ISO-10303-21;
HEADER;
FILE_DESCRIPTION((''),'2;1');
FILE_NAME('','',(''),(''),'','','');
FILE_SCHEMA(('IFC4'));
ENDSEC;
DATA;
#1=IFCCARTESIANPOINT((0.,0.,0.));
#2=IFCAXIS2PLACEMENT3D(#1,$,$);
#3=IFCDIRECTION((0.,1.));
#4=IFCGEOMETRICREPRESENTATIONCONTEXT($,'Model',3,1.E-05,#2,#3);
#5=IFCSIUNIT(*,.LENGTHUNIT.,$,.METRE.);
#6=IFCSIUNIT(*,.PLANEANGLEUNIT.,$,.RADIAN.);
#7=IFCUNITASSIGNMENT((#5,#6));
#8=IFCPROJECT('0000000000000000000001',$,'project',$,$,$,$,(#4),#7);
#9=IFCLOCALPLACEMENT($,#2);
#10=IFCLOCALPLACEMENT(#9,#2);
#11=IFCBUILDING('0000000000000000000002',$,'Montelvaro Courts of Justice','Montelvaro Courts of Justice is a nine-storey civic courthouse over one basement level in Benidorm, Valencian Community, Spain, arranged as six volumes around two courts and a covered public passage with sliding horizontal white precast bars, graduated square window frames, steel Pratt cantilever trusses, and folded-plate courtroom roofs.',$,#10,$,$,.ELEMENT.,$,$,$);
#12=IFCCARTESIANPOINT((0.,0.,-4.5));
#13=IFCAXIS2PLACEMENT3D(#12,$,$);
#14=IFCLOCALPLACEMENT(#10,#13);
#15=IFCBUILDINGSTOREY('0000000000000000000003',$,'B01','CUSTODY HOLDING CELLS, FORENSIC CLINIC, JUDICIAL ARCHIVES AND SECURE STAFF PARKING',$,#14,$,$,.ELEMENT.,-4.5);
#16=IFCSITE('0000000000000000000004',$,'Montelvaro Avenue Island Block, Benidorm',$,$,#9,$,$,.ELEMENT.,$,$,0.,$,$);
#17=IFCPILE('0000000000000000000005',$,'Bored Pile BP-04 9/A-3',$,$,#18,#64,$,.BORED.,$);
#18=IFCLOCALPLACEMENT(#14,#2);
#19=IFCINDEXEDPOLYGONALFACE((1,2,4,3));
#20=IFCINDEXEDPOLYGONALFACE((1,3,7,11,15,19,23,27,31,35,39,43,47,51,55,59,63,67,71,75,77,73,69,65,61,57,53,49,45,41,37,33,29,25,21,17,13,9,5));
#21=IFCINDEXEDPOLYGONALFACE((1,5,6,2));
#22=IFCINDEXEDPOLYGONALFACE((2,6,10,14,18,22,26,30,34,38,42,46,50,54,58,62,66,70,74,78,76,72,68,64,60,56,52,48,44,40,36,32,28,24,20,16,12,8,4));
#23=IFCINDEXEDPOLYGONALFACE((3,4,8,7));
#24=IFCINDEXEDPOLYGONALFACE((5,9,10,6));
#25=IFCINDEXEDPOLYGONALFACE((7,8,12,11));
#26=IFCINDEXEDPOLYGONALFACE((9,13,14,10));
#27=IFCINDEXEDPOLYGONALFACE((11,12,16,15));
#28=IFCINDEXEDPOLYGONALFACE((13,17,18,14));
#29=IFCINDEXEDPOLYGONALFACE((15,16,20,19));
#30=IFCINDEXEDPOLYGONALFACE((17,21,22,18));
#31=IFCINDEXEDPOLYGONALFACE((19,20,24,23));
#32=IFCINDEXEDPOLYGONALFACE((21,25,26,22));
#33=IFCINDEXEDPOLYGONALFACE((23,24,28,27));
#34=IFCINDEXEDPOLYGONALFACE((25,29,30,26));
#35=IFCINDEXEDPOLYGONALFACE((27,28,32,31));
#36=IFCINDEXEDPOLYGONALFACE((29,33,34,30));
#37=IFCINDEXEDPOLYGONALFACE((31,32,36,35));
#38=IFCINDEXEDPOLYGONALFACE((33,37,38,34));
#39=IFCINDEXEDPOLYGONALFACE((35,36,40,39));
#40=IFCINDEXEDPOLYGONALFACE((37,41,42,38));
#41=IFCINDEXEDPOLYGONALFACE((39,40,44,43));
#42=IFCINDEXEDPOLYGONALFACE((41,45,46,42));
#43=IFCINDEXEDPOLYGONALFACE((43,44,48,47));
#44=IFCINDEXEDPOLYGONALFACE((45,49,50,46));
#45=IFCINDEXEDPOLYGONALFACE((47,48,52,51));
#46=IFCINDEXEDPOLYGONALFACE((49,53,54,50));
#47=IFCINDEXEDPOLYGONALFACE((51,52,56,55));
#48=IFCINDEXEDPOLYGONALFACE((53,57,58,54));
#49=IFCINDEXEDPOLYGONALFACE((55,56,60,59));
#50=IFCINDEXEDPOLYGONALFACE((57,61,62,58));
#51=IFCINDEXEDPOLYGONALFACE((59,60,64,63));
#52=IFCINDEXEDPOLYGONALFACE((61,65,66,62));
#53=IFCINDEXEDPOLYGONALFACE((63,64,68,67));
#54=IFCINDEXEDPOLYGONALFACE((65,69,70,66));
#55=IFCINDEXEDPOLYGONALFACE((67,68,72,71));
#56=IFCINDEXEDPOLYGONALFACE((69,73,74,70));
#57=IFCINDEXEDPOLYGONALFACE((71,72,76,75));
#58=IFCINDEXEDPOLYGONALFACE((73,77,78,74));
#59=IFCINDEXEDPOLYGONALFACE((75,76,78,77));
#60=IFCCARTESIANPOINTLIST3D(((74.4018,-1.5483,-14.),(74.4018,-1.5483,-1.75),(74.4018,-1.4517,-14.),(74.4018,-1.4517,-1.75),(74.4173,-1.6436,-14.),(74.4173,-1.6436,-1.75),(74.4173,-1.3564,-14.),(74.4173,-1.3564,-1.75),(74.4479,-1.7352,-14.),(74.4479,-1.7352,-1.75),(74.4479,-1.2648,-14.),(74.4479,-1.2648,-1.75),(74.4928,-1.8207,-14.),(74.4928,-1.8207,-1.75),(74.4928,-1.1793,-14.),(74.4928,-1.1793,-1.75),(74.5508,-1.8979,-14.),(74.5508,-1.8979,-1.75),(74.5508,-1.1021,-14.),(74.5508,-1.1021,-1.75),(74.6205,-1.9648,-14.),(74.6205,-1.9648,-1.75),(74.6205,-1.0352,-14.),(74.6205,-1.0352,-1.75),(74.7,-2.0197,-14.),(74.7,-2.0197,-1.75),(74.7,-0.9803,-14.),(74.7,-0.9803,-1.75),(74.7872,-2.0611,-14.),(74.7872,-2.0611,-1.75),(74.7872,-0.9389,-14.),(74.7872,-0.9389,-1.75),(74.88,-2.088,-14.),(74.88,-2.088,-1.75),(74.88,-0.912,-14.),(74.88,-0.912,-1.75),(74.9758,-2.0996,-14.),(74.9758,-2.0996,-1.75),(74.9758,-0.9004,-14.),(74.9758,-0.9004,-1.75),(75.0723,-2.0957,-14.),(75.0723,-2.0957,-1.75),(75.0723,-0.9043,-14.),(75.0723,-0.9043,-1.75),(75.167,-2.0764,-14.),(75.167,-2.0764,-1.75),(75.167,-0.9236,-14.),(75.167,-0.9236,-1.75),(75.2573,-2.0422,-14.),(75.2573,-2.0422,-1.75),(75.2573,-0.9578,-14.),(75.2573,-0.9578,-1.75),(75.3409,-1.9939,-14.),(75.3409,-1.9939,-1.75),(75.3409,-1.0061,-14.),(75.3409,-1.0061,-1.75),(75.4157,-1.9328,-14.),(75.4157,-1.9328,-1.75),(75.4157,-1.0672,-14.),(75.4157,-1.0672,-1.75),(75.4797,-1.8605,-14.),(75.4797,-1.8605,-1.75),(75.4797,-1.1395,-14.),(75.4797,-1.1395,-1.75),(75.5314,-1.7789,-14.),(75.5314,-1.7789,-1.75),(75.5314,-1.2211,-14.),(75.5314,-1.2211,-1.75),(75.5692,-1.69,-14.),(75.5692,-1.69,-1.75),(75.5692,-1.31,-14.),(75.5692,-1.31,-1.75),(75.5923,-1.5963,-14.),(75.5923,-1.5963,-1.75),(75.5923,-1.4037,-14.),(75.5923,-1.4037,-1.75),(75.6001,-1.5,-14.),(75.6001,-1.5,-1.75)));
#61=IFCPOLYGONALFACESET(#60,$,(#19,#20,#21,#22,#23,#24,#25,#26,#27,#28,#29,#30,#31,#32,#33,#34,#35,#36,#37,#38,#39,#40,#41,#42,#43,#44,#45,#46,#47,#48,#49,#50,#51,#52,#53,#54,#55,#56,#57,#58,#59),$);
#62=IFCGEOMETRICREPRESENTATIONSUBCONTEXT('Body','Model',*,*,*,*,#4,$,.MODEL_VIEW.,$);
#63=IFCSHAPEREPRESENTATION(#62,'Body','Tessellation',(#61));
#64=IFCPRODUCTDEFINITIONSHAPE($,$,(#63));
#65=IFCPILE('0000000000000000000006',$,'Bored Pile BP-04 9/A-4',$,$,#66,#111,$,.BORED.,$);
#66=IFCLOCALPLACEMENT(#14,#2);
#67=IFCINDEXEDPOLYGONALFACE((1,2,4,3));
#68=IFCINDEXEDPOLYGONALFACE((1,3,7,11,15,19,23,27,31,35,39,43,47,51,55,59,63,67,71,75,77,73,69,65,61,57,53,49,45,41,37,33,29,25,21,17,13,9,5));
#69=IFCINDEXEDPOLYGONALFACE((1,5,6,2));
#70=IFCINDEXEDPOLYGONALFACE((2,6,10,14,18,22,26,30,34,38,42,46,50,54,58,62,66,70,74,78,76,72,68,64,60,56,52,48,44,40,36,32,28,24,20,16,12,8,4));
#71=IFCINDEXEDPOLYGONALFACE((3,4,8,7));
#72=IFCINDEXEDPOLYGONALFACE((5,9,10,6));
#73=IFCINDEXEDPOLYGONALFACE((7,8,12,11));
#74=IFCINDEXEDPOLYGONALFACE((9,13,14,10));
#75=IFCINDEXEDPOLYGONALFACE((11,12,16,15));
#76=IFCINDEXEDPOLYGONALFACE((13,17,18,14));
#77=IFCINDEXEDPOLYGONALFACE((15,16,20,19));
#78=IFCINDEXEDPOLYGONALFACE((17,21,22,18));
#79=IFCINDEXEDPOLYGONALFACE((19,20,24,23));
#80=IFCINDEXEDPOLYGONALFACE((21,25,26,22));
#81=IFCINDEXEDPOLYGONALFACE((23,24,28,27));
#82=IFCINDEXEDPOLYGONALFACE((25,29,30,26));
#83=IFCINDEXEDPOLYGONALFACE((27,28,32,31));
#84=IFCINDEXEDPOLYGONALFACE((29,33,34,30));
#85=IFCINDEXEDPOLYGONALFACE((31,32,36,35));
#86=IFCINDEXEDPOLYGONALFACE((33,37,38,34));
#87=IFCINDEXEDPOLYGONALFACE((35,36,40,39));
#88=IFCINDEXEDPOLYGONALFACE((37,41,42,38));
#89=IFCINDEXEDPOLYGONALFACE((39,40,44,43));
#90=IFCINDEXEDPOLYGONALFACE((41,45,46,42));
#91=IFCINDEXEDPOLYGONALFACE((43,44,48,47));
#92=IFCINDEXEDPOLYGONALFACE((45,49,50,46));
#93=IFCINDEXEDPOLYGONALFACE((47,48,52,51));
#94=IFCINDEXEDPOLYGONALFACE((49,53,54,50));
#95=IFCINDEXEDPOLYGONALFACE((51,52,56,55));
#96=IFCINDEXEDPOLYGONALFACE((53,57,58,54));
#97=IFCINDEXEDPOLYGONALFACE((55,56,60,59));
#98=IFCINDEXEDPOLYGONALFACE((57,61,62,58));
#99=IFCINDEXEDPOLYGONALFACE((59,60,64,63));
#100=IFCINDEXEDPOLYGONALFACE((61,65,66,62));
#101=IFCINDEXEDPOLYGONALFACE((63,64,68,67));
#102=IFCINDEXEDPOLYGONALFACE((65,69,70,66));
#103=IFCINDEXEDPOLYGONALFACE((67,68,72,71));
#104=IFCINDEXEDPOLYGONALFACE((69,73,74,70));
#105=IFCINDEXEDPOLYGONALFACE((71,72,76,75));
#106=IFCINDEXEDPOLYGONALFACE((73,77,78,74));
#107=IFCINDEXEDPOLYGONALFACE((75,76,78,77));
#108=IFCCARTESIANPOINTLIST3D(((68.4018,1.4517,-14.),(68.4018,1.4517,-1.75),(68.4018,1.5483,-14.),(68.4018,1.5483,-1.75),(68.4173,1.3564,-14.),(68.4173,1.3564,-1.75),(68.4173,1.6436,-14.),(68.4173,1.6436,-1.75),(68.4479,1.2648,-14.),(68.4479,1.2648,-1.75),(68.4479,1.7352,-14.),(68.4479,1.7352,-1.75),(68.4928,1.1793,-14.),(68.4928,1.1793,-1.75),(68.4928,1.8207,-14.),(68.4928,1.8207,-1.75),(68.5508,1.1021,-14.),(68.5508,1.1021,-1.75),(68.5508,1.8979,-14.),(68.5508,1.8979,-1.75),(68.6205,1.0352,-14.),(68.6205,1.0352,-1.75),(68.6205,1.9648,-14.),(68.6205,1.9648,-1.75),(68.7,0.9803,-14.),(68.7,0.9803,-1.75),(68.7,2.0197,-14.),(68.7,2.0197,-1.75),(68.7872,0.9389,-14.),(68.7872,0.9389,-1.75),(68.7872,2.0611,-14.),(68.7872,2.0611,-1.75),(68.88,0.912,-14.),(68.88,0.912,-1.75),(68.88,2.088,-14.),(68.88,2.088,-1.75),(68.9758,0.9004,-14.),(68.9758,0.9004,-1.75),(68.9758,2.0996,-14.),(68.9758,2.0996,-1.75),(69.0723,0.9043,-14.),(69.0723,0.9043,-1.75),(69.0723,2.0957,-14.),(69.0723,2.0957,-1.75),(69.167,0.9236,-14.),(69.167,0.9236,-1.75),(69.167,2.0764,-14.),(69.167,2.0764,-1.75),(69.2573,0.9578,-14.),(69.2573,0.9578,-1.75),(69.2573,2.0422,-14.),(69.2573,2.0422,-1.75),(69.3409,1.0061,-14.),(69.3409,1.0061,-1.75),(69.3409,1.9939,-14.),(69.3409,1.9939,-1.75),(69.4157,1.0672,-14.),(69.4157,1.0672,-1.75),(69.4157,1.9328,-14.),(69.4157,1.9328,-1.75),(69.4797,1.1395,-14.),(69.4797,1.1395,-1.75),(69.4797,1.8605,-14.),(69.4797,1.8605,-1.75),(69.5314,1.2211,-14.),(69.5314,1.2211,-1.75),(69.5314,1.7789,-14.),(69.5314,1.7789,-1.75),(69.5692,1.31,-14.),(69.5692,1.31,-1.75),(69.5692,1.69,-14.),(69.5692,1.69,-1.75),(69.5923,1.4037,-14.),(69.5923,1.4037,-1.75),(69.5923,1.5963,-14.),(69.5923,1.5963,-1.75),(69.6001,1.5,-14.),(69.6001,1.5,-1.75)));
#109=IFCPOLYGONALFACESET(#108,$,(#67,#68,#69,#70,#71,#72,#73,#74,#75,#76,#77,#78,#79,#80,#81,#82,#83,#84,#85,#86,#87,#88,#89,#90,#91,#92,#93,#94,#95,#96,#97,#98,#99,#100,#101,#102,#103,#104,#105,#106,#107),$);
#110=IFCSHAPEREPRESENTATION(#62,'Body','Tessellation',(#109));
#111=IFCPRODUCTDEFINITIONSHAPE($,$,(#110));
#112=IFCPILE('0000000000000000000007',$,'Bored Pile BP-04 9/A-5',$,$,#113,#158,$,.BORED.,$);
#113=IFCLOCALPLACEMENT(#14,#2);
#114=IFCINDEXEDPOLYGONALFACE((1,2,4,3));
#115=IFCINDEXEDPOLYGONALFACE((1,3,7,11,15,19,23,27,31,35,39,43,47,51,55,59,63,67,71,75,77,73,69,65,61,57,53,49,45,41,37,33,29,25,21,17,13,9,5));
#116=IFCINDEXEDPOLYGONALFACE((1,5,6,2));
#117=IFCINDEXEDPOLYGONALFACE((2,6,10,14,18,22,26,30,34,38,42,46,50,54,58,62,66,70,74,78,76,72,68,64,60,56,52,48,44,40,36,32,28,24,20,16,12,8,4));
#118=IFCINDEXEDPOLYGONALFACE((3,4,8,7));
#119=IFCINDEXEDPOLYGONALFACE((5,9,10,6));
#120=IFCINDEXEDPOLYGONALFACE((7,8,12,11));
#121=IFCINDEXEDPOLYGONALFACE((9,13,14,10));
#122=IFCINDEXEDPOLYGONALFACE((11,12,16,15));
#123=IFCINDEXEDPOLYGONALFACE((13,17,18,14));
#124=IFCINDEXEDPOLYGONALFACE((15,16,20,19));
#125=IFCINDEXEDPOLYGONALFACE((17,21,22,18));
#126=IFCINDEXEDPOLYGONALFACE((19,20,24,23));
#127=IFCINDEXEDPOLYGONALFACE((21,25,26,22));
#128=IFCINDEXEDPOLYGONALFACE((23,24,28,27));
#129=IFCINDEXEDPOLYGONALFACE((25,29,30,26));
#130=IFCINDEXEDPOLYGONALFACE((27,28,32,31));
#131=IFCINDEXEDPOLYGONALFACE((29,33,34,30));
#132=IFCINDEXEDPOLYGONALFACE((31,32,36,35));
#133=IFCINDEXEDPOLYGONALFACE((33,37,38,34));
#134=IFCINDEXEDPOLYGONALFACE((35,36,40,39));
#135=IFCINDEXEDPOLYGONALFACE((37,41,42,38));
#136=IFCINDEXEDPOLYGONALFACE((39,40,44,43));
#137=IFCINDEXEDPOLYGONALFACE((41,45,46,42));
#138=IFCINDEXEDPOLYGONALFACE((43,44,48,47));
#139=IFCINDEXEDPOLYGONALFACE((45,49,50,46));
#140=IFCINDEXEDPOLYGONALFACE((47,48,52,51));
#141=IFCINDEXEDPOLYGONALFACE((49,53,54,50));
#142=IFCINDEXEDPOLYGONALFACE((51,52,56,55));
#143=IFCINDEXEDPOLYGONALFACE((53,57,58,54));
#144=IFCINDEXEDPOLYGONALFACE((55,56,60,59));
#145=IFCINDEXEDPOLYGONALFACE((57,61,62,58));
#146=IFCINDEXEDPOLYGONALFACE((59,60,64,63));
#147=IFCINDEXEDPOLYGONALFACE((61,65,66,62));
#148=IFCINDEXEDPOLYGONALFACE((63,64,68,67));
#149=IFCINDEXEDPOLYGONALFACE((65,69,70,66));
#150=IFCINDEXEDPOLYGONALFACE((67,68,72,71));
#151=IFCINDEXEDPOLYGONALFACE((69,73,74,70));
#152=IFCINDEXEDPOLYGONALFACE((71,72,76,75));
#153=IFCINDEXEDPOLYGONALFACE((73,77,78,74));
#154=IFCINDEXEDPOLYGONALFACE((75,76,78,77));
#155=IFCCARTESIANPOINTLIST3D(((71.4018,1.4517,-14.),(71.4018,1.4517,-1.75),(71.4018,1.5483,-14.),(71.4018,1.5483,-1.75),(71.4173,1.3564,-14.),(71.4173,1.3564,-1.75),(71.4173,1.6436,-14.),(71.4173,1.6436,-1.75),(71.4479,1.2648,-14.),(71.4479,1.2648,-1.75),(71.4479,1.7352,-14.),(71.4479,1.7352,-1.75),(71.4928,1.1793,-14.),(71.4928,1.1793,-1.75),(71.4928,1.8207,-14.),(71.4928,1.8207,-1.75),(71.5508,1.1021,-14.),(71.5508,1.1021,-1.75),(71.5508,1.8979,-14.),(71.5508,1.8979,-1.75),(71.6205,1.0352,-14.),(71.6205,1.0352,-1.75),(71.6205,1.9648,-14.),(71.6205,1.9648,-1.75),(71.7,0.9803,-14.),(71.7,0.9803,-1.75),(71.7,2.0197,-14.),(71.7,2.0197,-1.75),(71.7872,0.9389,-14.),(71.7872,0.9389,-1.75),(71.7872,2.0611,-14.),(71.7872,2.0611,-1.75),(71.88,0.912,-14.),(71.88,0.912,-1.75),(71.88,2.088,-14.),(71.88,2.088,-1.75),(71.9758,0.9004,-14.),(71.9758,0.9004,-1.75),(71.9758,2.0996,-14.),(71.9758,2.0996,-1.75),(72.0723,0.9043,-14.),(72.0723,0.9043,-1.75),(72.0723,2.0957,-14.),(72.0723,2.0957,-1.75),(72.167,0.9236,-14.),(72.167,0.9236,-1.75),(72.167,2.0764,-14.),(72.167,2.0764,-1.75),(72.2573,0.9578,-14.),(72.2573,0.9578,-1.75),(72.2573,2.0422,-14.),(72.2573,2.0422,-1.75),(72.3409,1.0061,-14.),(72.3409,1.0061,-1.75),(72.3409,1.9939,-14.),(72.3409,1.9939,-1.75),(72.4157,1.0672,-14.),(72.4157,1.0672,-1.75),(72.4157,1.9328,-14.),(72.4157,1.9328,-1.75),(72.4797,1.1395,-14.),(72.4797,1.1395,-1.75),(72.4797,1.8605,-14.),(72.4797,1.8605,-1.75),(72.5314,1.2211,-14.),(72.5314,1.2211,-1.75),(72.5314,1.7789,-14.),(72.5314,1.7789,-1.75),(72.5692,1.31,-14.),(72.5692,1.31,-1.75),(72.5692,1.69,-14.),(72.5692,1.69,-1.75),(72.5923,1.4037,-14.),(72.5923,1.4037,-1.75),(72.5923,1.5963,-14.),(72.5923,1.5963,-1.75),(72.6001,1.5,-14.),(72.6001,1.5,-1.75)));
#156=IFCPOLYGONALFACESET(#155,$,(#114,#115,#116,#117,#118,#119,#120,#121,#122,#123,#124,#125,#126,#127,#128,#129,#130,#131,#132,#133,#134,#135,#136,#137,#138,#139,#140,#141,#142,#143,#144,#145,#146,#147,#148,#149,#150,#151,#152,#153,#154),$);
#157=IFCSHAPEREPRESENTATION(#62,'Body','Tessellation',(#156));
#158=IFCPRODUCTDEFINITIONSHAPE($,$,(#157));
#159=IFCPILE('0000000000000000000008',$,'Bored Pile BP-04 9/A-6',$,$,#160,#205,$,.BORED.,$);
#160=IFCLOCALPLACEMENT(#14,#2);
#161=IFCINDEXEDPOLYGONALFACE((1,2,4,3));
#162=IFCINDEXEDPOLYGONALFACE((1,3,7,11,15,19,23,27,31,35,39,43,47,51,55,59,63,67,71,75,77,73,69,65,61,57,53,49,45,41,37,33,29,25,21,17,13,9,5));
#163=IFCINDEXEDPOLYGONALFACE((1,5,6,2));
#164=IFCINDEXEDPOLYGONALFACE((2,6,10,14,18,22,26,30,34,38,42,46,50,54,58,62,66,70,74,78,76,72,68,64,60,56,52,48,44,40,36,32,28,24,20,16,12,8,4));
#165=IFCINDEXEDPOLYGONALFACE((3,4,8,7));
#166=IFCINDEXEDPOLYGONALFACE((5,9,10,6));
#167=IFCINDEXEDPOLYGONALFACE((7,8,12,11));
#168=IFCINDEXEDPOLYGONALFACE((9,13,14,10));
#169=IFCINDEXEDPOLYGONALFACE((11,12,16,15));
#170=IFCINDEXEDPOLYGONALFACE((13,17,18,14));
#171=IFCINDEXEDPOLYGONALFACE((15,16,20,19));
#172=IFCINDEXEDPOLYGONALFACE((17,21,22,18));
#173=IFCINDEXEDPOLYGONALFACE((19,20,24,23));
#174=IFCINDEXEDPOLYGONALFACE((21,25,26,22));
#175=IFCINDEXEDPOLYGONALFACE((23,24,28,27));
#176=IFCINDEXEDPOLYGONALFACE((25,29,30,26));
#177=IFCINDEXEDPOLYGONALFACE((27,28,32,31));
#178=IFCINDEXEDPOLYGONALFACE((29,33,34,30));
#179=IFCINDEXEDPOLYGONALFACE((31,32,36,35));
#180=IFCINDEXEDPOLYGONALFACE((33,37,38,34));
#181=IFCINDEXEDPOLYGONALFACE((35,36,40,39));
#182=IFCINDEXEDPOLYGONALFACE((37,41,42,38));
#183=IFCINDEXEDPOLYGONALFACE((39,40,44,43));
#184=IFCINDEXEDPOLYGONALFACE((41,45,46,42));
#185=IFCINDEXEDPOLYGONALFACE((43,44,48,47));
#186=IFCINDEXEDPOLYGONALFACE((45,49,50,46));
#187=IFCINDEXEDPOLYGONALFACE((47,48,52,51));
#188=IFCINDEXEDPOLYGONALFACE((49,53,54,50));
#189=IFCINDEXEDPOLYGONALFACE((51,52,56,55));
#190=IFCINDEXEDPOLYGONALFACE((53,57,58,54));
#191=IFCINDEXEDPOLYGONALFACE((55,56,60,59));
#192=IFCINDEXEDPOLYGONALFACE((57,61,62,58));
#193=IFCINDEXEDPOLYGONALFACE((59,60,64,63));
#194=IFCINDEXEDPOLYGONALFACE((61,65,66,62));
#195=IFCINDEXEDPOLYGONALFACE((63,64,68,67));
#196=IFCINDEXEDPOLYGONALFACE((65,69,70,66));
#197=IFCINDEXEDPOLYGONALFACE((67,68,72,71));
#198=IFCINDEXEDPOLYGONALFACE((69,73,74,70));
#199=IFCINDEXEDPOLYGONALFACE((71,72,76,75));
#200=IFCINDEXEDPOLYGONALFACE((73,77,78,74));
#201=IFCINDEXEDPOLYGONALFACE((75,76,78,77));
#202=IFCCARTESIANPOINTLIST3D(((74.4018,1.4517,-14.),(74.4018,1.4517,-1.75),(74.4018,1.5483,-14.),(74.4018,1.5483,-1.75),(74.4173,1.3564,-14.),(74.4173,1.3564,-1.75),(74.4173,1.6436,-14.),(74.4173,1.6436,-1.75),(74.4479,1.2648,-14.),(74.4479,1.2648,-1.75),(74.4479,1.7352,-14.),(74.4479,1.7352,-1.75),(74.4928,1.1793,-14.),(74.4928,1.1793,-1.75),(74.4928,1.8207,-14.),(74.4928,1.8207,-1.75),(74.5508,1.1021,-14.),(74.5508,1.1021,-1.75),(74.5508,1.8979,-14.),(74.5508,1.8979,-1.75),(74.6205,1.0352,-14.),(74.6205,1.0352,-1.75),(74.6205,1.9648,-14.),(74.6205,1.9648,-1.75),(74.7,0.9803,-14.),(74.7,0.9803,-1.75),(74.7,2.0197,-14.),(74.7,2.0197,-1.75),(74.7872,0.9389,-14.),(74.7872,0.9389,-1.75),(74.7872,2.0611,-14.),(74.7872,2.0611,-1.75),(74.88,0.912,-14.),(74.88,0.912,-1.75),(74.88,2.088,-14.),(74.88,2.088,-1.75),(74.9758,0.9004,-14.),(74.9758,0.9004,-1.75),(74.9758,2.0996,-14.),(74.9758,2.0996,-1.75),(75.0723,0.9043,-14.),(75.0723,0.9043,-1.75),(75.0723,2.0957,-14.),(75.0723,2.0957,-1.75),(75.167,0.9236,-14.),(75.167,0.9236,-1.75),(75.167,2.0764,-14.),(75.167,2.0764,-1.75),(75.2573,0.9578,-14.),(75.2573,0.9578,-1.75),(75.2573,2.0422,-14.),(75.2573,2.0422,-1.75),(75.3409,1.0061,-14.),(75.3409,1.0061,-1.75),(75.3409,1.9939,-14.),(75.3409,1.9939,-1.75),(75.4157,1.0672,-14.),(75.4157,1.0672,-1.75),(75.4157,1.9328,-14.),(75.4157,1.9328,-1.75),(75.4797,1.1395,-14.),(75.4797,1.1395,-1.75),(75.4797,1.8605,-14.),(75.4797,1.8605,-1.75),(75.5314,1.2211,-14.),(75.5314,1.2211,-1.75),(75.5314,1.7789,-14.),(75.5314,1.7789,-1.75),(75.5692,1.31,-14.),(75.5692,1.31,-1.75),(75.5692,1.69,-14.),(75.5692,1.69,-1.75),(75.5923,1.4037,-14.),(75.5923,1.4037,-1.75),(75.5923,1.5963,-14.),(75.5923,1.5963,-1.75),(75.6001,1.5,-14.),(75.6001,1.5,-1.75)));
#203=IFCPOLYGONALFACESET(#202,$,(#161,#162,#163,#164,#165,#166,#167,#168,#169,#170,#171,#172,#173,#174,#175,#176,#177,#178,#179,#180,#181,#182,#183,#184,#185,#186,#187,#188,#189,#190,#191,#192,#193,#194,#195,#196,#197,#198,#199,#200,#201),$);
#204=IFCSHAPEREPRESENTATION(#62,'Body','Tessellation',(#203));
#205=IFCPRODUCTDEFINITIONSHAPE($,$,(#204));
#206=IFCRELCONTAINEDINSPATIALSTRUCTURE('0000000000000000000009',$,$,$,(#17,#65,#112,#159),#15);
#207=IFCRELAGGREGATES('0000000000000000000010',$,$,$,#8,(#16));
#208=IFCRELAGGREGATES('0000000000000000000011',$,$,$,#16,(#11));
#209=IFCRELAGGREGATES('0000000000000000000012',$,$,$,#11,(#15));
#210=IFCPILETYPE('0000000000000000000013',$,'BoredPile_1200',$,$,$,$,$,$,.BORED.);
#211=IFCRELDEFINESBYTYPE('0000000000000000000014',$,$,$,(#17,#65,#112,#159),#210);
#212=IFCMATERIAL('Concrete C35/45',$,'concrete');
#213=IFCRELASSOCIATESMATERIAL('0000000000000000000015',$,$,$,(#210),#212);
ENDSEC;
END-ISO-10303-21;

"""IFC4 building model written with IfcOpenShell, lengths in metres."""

from ifc_helpers import new_model, si_unit, direction, frame, origin, origin_2d, place, context, subcontext, project, spatial, circle, extrude, material, material_profile, profile_set, type_object, element, save


model = new_model("IFC4")

# Units and contexts
model_context = context("Model", 3, precision=1e-05, world=origin(), true_north=direction((0.0, 1.0)))
body_context = subcontext(model_context, "Body", "Model", "MODEL_VIEW")
ifc_project = project(units=[si_unit("LENGTHUNIT", "METRE"), si_unit("PLANEANGLEUNIT", "RADIAN")], contexts=[model_context])

# Site, building, storey
site_placement = place(None, origin())
site = spatial("IfcSite", under=ifc_project, at=site_placement, Name="Montelvaro Avenue Island Block, Benidorm", CompositionType="ELEMENT", RefElevation=0.0)
building_placement = place(site_placement, origin())
building = spatial("IfcBuilding", under=site, at=building_placement, Name="Montelvaro Courts of Justice", Description="Montelvaro Courts of Justice is a nine-storey civic courthouse over one basement level in Benidorm, Valencian Community, Spain, arranged as six volumes around two courts and a covered public passage with sliding horizontal white precast bars, graduated square window frames, steel Pratt cantilever trusses, and folded-plate courtroom roofs.", CompositionType="ELEMENT")
storey_placement = place(building_placement, frame((0.0, 0.0, -4.5)))
storey = spatial("IfcBuildingStorey", under=building, at=storey_placement, Name="B01", Description="CUSTODY HOLDING CELLS, FORENSIC CLINIC, JUDICIAL ARCHIVES AND SECURE STAFF PARKING", CompositionType="ELEMENT", Elevation=-4.5)

# Piles
ifc_material_1 = material(Name="Concrete C35/45", Category="concrete")
ifc_material_profile_1 = material_profile(ifc_material_1, circle(Radius=0.6001, at=origin_2d()), Name="BORED PILE D1200")
ifc_profile_set_1 = profile_set([ifc_material_profile_1], Name="Concrete C35/45")
pile_type_1 = type_object("IfcPileType", Name="BoredPile_1200", PredefinedType="BORED", material=ifc_profile_set_1)
for number, where, z_axis, x_axis, name in (
    (1, (75.0, -1.5, -1.75), (0.0, 0.0, -1.0), (1.0, 0.0, 0.0), "Bored Pile BP-04 9/A-3"),
    (2, (69.0, 1.5, -1.75), (0.0, 0.0, -1.0), (1.0, 0.0, 0.0), "Bored Pile BP-04 9/A-4"),
    (3, (72.0, 1.5, -1.75), (0.0, 0.0, -1.0), (1.0, 0.0, 0.0), "Bored Pile BP-04 9/A-5"),
    (4, (75.0, 1.5, -1.75), (0.0, 0.0, -1.0), (1.0, 0.0, 0.0), "Bored Pile BP-04 9/A-6"),
):
    element("IfcPile", number, at=place(storey_placement, frame(where, z_axis=z_axis, x_axis=x_axis)), inside=storey, type_object=pile_type_1, Name=name, PredefinedType="BORED", context=body_context, shape_type="SweptSolid", body=[
        extrude(circle(Radius=0.6001, at=origin_2d()), origin(), (0.0, 0.0, 1.0), 12.25),
    ])

save(model, "model.ifc")
